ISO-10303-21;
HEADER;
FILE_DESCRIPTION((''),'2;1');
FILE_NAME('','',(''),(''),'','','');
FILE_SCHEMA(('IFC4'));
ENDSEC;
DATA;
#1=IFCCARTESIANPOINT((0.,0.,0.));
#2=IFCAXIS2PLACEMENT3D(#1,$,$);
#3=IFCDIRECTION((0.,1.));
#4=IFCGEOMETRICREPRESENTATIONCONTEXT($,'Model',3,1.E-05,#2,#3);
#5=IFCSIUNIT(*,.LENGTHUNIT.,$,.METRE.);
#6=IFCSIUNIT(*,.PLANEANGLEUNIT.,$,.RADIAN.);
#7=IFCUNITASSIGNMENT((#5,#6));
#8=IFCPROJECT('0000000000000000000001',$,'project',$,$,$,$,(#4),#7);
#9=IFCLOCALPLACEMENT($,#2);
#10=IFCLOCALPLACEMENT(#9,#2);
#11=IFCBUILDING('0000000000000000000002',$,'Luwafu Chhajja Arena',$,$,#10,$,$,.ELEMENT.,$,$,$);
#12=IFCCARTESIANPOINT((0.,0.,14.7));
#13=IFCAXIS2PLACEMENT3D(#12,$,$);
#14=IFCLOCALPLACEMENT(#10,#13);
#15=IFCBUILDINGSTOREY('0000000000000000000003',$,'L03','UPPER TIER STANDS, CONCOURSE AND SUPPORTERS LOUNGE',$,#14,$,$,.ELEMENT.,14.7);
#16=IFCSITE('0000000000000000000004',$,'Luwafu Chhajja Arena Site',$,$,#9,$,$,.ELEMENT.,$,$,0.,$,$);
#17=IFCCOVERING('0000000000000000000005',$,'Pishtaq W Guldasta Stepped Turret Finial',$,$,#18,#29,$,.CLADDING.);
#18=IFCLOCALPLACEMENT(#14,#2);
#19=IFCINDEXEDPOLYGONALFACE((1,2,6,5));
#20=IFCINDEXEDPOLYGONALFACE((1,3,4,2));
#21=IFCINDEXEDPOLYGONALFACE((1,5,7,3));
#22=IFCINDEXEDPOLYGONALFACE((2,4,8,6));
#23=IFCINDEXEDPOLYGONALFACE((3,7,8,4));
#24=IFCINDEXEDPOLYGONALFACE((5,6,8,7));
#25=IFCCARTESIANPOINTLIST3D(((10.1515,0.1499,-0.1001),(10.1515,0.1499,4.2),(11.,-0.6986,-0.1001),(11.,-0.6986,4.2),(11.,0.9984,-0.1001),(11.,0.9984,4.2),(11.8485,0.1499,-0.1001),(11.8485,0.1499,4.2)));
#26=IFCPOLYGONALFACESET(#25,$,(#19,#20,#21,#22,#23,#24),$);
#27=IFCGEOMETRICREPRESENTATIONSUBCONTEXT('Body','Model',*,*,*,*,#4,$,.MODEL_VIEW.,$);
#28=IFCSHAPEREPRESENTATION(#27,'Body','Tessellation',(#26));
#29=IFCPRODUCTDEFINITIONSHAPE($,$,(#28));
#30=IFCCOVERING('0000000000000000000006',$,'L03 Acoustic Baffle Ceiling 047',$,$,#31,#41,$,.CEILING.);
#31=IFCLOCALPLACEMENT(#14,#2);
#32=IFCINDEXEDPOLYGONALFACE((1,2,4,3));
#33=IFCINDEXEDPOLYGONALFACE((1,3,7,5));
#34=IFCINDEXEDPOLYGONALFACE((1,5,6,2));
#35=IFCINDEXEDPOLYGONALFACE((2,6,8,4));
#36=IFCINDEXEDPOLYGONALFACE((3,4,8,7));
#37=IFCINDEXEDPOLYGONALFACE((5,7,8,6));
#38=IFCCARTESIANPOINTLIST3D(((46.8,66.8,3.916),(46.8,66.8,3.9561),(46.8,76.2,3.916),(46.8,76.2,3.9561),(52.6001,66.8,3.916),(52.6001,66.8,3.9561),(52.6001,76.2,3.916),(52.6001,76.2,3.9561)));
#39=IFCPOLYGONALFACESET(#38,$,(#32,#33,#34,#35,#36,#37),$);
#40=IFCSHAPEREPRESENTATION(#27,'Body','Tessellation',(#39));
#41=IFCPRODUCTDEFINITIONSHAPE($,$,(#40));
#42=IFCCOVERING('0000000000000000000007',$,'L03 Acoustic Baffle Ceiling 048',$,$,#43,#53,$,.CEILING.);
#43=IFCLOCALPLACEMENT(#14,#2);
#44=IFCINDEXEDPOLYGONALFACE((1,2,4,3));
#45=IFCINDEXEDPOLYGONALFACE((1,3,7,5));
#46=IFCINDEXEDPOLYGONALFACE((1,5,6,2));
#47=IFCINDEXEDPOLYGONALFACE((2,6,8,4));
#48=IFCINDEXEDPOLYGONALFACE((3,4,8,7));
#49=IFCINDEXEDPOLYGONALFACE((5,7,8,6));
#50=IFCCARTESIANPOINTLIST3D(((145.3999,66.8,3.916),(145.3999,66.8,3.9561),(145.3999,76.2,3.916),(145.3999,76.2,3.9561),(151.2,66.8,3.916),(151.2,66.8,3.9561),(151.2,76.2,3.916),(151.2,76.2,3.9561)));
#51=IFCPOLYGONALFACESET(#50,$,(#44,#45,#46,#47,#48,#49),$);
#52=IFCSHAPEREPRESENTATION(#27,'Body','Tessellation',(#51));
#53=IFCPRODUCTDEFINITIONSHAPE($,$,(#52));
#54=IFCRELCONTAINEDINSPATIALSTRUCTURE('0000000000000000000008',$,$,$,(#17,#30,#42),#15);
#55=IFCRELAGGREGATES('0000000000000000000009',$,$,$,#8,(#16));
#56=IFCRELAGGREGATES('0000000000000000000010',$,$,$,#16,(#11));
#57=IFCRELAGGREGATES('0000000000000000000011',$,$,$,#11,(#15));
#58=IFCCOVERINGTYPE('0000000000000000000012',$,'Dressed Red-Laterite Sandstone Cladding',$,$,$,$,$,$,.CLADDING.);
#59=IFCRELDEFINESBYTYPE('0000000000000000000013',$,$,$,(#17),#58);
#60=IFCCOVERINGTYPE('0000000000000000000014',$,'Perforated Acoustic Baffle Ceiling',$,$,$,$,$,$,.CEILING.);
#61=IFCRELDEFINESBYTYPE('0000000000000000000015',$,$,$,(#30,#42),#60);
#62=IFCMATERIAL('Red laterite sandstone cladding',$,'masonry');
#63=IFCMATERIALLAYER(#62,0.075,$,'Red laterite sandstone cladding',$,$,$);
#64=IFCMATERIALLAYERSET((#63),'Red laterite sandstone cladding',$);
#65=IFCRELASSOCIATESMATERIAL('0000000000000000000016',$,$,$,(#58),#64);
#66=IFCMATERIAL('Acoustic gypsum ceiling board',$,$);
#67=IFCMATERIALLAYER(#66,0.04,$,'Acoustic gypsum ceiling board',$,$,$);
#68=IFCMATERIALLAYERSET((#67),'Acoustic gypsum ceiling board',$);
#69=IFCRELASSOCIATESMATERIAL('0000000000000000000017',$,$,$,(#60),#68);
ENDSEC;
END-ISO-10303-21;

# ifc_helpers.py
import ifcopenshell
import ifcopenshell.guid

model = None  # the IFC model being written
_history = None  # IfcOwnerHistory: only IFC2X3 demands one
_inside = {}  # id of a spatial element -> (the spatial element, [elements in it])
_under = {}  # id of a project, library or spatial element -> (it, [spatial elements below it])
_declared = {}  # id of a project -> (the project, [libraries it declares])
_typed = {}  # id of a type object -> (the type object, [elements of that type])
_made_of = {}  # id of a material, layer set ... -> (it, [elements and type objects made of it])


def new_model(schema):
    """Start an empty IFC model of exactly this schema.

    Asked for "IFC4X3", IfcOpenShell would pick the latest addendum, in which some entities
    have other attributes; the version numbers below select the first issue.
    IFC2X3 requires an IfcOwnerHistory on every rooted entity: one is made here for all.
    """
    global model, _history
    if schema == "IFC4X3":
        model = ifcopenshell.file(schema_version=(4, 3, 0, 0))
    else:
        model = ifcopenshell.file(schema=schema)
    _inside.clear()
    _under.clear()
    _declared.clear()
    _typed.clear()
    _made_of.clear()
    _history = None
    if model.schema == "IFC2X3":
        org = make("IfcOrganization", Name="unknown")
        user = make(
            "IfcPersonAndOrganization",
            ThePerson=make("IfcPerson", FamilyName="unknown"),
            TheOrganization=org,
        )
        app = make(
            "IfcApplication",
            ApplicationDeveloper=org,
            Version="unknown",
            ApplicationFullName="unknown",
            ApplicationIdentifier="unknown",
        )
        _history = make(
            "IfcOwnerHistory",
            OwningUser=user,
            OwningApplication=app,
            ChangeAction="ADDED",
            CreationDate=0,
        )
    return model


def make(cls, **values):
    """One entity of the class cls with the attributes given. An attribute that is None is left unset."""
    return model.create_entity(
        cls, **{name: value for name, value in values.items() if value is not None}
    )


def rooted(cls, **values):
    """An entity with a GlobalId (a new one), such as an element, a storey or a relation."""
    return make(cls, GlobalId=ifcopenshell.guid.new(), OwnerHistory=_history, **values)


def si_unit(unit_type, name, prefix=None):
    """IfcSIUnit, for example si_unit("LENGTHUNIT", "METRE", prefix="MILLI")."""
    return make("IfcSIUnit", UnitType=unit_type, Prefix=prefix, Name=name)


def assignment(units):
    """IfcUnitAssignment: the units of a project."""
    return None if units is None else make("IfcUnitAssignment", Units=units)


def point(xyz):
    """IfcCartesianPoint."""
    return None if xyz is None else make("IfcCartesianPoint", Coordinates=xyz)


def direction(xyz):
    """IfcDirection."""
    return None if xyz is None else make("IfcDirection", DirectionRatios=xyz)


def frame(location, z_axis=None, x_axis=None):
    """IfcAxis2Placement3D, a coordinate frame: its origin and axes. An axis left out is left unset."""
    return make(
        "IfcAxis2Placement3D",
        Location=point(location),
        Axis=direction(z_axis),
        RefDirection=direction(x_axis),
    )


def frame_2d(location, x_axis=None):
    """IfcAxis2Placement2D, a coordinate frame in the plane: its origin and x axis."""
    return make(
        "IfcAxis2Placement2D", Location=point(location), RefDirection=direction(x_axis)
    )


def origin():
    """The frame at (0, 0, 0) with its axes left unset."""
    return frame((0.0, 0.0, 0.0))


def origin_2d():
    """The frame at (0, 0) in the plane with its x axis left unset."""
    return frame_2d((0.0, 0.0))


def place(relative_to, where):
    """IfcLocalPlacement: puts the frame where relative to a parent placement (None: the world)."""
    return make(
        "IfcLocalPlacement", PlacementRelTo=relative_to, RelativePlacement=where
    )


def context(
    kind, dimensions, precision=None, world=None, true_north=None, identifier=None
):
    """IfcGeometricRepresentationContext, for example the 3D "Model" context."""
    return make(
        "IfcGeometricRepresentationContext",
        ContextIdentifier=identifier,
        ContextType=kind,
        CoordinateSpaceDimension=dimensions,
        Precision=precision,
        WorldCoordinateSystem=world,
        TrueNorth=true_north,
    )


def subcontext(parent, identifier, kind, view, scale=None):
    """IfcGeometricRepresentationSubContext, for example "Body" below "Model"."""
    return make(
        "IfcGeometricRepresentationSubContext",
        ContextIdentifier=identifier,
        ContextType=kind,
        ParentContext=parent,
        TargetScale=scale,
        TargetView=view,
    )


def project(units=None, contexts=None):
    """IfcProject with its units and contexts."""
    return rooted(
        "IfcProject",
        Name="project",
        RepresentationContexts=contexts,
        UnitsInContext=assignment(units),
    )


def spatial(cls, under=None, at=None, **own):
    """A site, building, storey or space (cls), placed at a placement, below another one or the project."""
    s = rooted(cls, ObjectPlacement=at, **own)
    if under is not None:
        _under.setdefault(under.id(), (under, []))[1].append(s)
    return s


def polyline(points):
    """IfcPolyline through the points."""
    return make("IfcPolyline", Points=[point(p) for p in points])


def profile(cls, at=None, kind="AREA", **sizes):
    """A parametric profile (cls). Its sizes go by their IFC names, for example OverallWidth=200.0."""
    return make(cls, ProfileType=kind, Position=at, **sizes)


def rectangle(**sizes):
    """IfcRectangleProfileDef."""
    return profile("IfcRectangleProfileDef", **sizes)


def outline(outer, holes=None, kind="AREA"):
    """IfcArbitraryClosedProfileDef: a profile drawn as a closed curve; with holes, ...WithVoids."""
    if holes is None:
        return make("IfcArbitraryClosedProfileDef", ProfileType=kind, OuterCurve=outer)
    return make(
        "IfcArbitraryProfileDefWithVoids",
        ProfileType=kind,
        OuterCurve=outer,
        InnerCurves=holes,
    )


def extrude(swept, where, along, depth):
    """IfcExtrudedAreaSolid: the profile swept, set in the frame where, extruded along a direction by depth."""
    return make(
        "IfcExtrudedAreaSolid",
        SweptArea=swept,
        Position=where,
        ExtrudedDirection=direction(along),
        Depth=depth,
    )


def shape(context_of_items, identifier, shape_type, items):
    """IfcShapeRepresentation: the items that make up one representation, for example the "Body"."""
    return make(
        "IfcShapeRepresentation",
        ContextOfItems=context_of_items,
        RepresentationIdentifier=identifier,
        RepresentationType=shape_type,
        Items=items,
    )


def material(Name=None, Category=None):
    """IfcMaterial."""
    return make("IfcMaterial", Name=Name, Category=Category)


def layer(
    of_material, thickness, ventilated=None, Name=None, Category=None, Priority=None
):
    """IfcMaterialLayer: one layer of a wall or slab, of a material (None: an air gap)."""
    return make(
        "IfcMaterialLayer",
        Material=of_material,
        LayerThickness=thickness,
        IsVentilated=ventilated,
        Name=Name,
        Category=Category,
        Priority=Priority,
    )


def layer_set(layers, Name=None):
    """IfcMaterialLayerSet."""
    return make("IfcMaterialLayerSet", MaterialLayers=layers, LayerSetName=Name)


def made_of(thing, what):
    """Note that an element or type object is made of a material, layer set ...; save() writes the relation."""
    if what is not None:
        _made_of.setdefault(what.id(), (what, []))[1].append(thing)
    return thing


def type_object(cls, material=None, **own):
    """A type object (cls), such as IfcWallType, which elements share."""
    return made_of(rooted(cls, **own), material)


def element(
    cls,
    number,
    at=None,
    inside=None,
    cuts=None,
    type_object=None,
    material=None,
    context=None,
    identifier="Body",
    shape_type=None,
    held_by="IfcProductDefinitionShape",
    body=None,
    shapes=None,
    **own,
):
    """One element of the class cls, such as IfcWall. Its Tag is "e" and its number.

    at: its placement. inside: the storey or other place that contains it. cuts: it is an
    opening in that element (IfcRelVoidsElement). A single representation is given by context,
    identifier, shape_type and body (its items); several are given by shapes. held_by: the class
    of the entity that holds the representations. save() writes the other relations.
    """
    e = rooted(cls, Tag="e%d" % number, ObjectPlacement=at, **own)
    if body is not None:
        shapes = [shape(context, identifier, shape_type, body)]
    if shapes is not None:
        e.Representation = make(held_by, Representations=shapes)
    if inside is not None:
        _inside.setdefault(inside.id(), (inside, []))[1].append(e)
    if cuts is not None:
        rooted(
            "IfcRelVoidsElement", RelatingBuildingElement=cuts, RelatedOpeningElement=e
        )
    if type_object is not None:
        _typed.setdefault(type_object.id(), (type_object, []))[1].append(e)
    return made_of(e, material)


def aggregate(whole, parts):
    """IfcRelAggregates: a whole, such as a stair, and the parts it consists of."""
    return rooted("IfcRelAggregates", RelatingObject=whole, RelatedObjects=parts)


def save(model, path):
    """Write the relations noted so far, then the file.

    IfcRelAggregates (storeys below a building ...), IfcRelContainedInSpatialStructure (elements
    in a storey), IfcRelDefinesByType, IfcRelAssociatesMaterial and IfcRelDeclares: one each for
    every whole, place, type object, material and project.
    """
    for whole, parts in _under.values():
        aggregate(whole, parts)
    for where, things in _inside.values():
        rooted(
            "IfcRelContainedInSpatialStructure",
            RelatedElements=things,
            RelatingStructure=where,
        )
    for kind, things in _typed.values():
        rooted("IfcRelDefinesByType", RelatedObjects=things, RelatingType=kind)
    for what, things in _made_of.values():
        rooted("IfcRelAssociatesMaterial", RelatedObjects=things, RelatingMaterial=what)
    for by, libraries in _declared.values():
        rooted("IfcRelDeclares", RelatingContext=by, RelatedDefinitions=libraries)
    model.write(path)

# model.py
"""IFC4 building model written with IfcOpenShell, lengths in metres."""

from ifc_helpers import new_model, si_unit, direction, frame, origin, origin_2d, place, context, subcontext, project, spatial, polyline, rectangle, outline, extrude, material, layer, layer_set, type_object, element, save


model = new_model("IFC4")

# Units and contexts
model_context = context("Model", 3, precision=1e-05, world=origin(), true_north=direction((0.0, 1.0)))
body_context = subcontext(model_context, "Body", "Model", "MODEL_VIEW")
ifc_project = project(units=[si_unit("LENGTHUNIT", "METRE"), si_unit("PLANEANGLEUNIT", "RADIAN")], contexts=[model_context])

# Site, building, storey
site_placement = place(None, origin())
site = spatial("IfcSite", under=ifc_project, at=site_placement, Name="Luwafu Chhajja Arena Site", CompositionType="ELEMENT", RefElevation=0.0)
building_placement = place(site_placement, origin())
building = spatial("IfcBuilding", under=site, at=building_placement, Name="Luwafu Chhajja Arena", CompositionType="ELEMENT")
storey_placement = place(building_placement, frame((0.0, 0.0, 14.7)))
storey = spatial("IfcBuildingStorey", under=building, at=storey_placement, Name="L03", Description="UPPER TIER STANDS, CONCOURSE AND SUPPORTERS LOUNGE", CompositionType="ELEMENT", Elevation=14.7)

# Coverings
ifc_material_1 = material(Name="Red laterite sandstone cladding", Category="masonry")
ifc_layer_1 = layer(ifc_material_1, 0.075, Name="Red laterite sandstone cladding")
ifc_layer_set_1 = layer_set([ifc_layer_1], Name="Red laterite sandstone cladding")
covering_type_1 = type_object("IfcCoveringType", Name="Dressed Red-Laterite Sandstone Cladding", PredefinedType="CLADDING", material=ifc_layer_set_1)
covering_1_placement = place(storey_placement, frame((11.0, 0.1499, -0.1001), z_axis=(0.0, 0.0, 1.0), x_axis=(0.707107, 0.707107, 0.0)))
element("IfcCovering", 1, at=covering_1_placement, inside=storey, type_object=covering_type_1, Name="Pishtaq W Guldasta Stepped Turret Finial", PredefinedType="CLADDING", context=body_context, shape_type="SweptSolid", body=[
    extrude(rectangle(XDim=1.2, YDim=1.2, at=origin_2d()), origin(), (0.0, 0.0, 1.0), 4.3),
])
ifc_material_2 = material(Name="Acoustic gypsum ceiling board")
ifc_layer_2 = layer(ifc_material_2, 0.04, Name="Acoustic gypsum ceiling board")
ifc_layer_set_2 = layer_set([ifc_layer_2], Name="Acoustic gypsum ceiling board")
covering_type_2 = type_object("IfcCoveringType", Name="Perforated Acoustic Baffle Ceiling", PredefinedType="CEILING", material=ifc_layer_set_2)
covering_2_placement = place(storey_placement, frame((0.0, 0.0, 3.916)))
element("IfcCovering", 2, at=covering_2_placement, inside=storey, type_object=covering_type_2, Name="L03 Acoustic Baffle Ceiling 047", PredefinedType="CEILING", context=body_context, shape_type="SweptSolid", body=[
    extrude(outline(polyline([(46.8, 66.8), (52.6001, 66.8), (52.6001, 76.2), (46.8, 76.2), (46.8, 66.8)])), origin(), (0.0, 0.0, 1.0), 0.04),
])
covering_3_placement = place(storey_placement, frame((0.0, 0.0, 3.916)))
element("IfcCovering", 3, at=covering_3_placement, inside=storey, type_object=covering_type_2, Name="L03 Acoustic Baffle Ceiling 048", PredefinedType="CEILING", context=body_context, shape_type="SweptSolid", body=[
    extrude(outline(polyline([(145.3999, 66.8), (151.2, 66.8), (151.2, 76.2), (145.3999, 76.2), (145.3999, 66.8)])), origin(), (0.0, 0.0, 1.0), 0.04),
])

save(model, "model.ifc")
